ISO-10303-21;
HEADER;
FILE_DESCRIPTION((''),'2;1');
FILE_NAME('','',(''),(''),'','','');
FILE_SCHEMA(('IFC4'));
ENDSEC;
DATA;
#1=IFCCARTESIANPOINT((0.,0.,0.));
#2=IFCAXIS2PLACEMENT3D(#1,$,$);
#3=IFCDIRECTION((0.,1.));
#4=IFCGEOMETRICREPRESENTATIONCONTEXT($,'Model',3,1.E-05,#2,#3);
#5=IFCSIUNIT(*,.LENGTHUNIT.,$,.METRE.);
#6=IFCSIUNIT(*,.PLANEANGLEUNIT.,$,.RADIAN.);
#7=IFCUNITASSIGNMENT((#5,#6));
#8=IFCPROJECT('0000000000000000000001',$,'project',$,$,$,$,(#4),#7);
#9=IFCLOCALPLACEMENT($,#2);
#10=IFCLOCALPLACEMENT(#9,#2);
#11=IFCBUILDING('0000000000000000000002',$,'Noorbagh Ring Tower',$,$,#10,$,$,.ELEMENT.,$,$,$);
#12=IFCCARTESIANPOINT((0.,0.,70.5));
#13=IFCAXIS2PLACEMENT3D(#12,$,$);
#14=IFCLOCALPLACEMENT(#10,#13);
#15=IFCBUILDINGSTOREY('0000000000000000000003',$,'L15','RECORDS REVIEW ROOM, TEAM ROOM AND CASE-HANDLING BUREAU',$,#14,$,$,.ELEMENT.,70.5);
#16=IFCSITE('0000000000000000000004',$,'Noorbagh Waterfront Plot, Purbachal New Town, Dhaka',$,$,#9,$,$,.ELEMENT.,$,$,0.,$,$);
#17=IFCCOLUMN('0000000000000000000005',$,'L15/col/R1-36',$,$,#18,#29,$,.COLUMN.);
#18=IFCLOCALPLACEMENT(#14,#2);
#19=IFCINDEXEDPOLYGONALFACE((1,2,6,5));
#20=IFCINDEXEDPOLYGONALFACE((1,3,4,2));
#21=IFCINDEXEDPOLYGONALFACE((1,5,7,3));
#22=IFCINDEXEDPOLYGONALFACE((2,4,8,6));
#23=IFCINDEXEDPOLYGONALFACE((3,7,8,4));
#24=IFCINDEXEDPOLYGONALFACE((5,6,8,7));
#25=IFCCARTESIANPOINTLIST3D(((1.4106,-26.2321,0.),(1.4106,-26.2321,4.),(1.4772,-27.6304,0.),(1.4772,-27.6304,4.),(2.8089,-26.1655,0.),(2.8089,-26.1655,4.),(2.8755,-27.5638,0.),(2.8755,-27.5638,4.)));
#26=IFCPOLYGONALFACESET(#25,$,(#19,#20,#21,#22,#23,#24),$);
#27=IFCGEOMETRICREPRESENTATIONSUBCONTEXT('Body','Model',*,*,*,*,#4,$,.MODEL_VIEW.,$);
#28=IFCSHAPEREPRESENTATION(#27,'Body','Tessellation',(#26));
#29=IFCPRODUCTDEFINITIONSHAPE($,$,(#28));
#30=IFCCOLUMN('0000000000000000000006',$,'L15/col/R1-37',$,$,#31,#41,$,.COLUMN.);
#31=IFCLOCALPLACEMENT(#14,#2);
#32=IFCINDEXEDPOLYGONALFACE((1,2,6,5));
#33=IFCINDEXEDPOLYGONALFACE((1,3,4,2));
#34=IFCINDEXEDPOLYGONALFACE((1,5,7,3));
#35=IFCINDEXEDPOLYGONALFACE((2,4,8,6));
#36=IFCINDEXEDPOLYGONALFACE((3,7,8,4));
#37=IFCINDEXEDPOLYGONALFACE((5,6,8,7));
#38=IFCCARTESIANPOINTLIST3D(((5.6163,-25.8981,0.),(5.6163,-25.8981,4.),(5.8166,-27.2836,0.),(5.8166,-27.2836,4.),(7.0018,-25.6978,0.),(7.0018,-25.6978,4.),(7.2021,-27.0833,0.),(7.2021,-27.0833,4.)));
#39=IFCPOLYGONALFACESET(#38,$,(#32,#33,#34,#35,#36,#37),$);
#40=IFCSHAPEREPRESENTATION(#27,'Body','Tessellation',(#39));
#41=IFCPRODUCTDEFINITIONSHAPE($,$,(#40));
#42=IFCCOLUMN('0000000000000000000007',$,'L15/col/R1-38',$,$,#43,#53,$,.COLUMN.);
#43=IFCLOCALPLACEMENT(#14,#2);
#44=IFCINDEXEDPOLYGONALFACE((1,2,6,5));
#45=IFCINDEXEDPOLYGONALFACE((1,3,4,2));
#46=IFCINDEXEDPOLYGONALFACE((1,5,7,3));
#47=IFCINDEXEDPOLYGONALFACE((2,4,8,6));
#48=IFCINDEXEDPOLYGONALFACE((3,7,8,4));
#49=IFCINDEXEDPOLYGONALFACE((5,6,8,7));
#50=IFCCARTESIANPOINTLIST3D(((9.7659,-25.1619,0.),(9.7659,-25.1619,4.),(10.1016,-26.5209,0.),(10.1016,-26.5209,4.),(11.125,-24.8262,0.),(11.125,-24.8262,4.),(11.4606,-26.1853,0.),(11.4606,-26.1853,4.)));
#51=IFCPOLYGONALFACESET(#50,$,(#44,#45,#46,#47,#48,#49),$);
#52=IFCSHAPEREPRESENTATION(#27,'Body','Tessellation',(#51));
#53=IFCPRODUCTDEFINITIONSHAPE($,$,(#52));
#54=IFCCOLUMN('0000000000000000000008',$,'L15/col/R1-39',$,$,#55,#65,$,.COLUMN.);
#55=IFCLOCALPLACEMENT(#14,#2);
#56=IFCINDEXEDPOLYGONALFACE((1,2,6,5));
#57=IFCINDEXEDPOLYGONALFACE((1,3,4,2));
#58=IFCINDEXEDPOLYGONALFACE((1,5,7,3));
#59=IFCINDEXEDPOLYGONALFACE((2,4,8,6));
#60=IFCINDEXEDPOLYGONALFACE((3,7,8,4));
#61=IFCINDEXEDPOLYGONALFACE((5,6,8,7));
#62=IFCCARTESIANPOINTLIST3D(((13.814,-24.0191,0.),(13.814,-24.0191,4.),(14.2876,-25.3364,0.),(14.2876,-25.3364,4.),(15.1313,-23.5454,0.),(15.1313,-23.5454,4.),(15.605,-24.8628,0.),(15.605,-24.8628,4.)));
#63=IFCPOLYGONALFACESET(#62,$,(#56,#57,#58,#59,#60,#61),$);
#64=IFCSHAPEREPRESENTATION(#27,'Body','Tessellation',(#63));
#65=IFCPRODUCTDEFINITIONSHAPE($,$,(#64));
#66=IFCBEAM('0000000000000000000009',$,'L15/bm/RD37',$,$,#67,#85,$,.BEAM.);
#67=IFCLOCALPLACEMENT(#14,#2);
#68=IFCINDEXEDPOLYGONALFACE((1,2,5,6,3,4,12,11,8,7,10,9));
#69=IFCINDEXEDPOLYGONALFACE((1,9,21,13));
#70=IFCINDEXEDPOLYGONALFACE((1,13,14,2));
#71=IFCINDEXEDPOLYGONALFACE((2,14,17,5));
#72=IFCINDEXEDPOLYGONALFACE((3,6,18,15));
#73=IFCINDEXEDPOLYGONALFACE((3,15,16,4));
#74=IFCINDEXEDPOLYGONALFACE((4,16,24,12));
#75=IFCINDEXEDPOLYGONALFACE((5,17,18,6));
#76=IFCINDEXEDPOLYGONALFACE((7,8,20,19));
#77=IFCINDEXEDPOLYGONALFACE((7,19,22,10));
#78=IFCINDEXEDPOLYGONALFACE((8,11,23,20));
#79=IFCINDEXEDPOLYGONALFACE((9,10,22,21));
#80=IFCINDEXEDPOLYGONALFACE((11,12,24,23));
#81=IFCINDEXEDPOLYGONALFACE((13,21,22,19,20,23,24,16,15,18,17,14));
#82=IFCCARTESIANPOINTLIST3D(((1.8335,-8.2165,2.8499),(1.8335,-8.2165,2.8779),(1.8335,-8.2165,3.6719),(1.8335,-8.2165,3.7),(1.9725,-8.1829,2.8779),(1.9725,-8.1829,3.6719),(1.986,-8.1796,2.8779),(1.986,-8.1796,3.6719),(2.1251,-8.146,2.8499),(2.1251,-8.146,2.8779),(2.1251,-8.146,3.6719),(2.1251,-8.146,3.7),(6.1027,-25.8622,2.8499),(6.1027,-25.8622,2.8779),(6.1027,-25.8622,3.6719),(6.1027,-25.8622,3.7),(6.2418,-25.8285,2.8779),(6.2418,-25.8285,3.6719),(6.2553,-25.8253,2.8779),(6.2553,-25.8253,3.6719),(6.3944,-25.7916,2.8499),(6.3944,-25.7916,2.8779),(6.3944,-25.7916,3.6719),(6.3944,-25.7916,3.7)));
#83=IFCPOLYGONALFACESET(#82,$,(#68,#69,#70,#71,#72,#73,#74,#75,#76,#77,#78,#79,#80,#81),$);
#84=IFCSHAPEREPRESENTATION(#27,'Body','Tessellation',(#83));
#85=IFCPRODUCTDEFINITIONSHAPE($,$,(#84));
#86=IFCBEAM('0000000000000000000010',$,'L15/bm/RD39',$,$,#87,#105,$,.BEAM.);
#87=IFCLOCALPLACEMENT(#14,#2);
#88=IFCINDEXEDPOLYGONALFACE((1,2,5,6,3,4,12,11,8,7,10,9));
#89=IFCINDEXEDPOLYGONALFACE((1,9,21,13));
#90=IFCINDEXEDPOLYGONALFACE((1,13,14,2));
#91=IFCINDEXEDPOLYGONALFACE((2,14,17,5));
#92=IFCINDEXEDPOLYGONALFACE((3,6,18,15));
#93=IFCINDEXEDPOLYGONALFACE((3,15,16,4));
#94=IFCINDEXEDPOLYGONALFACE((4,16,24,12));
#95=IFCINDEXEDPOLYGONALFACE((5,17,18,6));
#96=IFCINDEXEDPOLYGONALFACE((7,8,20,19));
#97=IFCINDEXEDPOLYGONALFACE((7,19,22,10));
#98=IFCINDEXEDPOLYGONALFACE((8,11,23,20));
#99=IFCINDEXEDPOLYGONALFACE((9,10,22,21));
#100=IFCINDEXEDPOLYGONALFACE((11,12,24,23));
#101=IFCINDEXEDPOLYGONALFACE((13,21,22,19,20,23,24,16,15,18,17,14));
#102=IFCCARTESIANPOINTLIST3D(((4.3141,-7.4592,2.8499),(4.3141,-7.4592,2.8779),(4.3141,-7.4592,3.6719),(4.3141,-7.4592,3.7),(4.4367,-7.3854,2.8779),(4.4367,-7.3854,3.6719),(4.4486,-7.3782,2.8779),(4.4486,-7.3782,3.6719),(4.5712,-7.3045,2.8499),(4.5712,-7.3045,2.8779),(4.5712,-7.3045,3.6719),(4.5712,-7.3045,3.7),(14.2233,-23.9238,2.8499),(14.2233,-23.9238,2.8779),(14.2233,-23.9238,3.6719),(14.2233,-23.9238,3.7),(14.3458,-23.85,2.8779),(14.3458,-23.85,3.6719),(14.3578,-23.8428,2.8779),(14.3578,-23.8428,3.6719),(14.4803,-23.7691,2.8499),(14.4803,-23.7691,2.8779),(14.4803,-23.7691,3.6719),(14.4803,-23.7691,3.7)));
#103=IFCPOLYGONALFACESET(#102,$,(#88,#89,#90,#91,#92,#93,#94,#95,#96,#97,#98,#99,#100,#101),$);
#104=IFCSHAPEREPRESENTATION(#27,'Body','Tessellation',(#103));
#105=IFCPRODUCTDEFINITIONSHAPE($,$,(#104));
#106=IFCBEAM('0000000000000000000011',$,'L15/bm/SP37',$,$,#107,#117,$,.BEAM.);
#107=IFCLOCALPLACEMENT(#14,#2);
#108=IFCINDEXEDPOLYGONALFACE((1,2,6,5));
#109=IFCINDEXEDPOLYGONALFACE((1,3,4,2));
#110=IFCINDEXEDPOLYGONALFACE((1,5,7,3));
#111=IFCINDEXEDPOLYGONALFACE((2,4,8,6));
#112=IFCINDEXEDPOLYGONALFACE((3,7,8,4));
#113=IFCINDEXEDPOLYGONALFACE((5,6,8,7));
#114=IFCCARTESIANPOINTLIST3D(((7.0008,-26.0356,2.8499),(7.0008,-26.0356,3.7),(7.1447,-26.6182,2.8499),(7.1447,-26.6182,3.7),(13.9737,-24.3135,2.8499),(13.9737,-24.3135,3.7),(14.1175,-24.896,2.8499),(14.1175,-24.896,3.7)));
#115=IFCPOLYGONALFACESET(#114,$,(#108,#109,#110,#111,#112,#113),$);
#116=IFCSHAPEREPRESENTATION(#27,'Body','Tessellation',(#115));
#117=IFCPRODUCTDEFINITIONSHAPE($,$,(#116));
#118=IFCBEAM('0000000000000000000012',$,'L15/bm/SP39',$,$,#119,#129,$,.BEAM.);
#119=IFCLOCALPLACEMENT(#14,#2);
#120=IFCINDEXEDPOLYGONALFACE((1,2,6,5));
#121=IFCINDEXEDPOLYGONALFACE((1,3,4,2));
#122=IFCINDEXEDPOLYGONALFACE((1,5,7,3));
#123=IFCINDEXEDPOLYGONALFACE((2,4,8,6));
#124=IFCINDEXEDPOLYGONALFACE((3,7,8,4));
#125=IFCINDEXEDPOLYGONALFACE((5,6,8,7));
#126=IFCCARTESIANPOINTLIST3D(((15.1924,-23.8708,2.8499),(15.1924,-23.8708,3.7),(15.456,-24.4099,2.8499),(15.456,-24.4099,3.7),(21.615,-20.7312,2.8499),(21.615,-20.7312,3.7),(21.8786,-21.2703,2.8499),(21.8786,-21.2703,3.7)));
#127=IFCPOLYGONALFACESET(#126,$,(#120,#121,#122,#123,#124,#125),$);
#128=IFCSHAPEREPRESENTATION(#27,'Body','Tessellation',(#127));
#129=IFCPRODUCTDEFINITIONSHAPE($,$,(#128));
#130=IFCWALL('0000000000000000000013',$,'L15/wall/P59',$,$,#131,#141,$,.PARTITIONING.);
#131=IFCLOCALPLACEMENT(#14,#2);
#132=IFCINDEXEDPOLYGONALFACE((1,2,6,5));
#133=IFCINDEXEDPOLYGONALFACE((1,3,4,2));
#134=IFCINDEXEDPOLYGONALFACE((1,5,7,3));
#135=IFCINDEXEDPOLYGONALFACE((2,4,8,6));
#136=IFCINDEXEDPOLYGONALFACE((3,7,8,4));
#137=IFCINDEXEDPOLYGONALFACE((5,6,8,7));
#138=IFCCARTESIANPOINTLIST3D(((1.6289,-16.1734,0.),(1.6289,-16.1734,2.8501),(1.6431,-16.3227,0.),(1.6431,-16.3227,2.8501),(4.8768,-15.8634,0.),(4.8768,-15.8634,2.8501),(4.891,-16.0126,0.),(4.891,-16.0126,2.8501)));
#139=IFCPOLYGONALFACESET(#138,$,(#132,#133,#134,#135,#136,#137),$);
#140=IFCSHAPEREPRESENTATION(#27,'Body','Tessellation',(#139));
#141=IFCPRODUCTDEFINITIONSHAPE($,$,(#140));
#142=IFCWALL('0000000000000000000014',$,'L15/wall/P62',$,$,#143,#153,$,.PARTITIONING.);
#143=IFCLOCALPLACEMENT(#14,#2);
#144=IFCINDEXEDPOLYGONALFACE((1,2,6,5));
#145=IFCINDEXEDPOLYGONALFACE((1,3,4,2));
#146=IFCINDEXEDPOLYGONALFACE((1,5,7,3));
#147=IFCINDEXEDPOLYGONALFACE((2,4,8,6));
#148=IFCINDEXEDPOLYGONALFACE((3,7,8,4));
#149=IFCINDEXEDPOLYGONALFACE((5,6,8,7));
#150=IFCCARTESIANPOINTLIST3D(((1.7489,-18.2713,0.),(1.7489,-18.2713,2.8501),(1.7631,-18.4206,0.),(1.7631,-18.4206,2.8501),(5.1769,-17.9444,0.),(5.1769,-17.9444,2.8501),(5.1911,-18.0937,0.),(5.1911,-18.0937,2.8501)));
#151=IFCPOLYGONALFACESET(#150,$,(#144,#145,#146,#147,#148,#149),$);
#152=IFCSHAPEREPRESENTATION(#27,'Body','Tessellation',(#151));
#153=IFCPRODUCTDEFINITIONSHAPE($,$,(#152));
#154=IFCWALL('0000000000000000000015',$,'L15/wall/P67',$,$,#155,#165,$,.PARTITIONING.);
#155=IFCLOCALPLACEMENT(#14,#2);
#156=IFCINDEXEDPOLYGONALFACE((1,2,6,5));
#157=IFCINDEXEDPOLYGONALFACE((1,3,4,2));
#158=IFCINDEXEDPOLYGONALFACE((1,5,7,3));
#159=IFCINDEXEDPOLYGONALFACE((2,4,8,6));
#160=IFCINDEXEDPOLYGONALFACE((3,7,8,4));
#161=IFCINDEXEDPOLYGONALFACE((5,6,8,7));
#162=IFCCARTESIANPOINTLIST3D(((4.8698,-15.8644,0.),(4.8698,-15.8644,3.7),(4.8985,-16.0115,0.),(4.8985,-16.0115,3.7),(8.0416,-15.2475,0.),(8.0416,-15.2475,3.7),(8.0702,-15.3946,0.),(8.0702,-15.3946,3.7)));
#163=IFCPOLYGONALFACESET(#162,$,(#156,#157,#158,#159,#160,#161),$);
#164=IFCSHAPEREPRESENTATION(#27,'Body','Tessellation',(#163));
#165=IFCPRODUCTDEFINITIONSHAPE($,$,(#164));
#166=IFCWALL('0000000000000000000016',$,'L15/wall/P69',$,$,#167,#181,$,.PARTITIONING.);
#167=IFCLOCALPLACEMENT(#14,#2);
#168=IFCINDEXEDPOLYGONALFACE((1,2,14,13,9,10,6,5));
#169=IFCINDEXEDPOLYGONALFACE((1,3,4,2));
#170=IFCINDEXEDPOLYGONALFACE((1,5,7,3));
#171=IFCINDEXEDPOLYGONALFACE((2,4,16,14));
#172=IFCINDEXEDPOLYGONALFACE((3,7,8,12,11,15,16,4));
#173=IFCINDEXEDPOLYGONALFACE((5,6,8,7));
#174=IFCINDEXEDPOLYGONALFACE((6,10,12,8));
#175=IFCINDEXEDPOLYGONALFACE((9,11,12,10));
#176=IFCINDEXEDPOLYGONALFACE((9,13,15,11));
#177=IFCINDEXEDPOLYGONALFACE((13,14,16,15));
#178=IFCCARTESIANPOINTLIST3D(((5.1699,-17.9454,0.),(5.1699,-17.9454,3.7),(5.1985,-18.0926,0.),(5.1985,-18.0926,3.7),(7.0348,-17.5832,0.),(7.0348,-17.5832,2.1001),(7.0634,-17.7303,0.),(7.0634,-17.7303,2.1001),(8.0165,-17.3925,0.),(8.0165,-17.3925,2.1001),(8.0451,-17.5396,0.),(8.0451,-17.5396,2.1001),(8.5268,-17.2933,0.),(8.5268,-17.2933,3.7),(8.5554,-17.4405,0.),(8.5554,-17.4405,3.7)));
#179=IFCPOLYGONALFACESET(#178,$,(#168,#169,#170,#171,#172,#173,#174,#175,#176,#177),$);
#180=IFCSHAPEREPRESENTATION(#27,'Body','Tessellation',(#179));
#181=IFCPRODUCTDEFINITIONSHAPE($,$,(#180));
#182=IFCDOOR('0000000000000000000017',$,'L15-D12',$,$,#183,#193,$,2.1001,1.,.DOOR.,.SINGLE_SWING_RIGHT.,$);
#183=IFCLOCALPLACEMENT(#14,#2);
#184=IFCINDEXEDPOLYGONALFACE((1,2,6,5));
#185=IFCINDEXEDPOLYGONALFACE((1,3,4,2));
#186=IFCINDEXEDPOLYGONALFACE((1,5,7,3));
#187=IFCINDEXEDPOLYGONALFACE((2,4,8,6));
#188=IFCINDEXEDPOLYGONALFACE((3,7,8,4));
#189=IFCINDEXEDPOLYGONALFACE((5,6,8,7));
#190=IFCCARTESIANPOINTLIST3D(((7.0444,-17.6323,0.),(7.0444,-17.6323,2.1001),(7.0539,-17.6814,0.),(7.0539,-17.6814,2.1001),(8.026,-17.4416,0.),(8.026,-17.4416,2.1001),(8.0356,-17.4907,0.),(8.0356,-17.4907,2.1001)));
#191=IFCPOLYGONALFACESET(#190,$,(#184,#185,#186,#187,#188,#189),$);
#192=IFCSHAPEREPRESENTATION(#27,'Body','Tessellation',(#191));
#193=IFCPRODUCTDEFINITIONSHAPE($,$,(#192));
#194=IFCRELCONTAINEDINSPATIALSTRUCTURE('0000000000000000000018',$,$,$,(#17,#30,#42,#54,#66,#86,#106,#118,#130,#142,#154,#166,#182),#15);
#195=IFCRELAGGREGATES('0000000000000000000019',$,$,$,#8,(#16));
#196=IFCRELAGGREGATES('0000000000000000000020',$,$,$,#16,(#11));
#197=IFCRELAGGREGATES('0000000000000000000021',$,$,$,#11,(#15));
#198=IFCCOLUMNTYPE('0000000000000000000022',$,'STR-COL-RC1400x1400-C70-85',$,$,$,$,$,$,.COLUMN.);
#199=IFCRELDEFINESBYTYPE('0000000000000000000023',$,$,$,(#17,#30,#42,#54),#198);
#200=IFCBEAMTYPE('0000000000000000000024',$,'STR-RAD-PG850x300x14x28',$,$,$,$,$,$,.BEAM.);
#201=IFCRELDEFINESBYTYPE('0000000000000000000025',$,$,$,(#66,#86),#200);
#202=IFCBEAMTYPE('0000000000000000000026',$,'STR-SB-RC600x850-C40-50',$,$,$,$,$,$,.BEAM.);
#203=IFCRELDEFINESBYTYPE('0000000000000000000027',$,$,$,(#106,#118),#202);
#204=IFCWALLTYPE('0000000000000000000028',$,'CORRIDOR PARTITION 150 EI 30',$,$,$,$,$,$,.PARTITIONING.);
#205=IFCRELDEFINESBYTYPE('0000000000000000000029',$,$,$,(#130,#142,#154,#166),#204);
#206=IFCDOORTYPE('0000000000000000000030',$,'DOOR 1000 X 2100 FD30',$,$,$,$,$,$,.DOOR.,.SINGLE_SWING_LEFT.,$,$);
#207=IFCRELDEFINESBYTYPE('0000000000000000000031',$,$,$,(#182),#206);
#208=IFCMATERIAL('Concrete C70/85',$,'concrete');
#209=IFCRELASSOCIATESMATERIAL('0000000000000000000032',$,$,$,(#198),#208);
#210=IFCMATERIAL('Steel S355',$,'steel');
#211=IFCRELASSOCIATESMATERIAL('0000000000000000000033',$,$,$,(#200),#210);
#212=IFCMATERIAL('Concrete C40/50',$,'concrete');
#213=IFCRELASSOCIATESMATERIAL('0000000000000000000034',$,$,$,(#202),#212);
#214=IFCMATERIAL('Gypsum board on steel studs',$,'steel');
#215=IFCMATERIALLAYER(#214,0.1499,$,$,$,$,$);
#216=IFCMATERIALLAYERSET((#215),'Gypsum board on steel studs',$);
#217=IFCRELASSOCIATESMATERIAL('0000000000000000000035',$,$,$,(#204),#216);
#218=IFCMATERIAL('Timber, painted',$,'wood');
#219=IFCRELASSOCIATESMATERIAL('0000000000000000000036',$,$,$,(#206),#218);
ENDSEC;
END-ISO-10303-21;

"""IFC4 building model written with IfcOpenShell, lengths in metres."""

from ifc_helpers import new_model, si_unit, direction, frame, frame_2d, origin, origin_2d, place, context, subcontext, project, spatial, rectangle, i_section, extrude, material, layer, layer_set, material_profile, profile_set, type_object, element, fill, save


model = new_model("IFC4")

# Units and contexts
model_context = context("Model", 3, precision=1e-05, world=origin(), true_north=direction((0.0, 1.0)))
body_context = subcontext(model_context, "Body", "Model", "MODEL_VIEW")
ifc_project = project(units=[si_unit("LENGTHUNIT", "METRE"), si_unit("PLANEANGLEUNIT", "RADIAN")], contexts=[model_context])

# Site, building, storey
site_placement = place(None, origin())
site = spatial("IfcSite", under=ifc_project, at=site_placement, Name="Noorbagh Waterfront Plot, Purbachal New Town, Dhaka", CompositionType="ELEMENT", RefElevation=0.0)
building_placement = place(site_placement, origin())
building = spatial("IfcBuilding", under=site, at=building_placement, Name="Noorbagh Ring Tower", CompositionType="ELEMENT")
storey_placement = place(building_placement, frame((0.0, 0.0, 70.5)))
storey = spatial("IfcBuildingStorey", under=building, at=storey_placement, Name="L15", Description="RECORDS REVIEW ROOM, TEAM ROOM AND CASE-HANDLING BUREAU", CompositionType="ELEMENT", Elevation=70.5)

# Columns
ifc_material_1 = material(Name="Concrete C70/85", Category="concrete")
ifc_material_profile_1 = material_profile(ifc_material_1, rectangle(XDim=1.3999, YDim=1.3999, at=origin_2d()), Name="RC1400x1400")
ifc_profile_set_1 = profile_set([ifc_material_profile_1], Name="Concrete C70/85")
column_type = type_object("IfcColumnType", Name="STR-COL-RC1400x1400-C70-85", PredefinedType="COLUMN", material=ifc_profile_set_1)
for number, where, z_axis, x_axis, name in (
    (1, (2.1431, -26.8979, 0.0), (0.0, 0.0, 1.0), (0.998869, 0.047553, 0.0), "L15/col/R1-36"),
    (2, (6.4092, -26.4907, 0.0), (0.0, 0.0, 1.0), (0.989713, 0.143066, 0.0), "L15/col/R1-37"),
    (3, (10.6133, -25.6736, 0.0), (0.0, 0.0, 1.0), (0.970829, 0.239771, 0.0), "L15/col/R1-38"),
    (4, (14.7095, -24.4409, 0.0), (0.0, 0.0, 1.0), (0.941025, 0.338338, 0.0), "L15/col/R1-39"),
):
    element("IfcColumn", number, at=place(storey_placement, frame(where, z_axis=z_axis, x_axis=x_axis)), inside=storey, type_object=column_type, Name=name, PredefinedType="COLUMN", context=body_context, shape_type="SweptSolid", body=[
        extrude(rectangle(XDim=1.3999, YDim=1.3999, at=origin_2d()), origin(), (0.0, 0.0, 1.0), 4.0),
    ])

# Beams
ifc_material_2 = material(Name="Steel S355", Category="steel")
ifc_material_profile_2 = material_profile(ifc_material_2, i_section(OverallWidth=0.3, OverallDepth=0.8501, WebThickness=0.0139, FlangeThickness=0.0281, at=origin_2d()), Name="PG850x300x14x28")
ifc_profile_set_2 = profile_set([ifc_material_profile_2], Name="Steel S355")
beam_type_1 = type_object("IfcBeamType", Name="STR-RAD-PG850x300x14x28", PredefinedType="BEAM", material=ifc_profile_set_2)
beam_1_placement = place(storey_placement, frame((6.2485, -25.8269, 3.2749), z_axis=(-0.235159, 0.971957, 0.0), x_axis=(-0.971957, -0.235159, 0.0)))
element("IfcBeam", 5, at=beam_1_placement, inside=storey, type_object=beam_type_1, Name="L15/bm/RD37", PredefinedType="BEAM", context=body_context, shape_type="SweptSolid", body=[
    extrude(i_section(OverallWidth=0.3, OverallDepth=0.8501, WebThickness=0.0139, FlangeThickness=0.0281, at=origin_2d()), origin(), (0.0, 0.0, 1.0), 18.1548),
])
beam_2_placement = place(storey_placement, frame((14.3518, -23.8464, 3.2749), z_axis=(-0.515659, 0.856794, 0.0), x_axis=(-0.856794, -0.515659, 0.0)))
element("IfcBeam", 6, at=beam_2_placement, inside=storey, type_object=beam_type_1, Name="L15/bm/RD39", PredefinedType="BEAM", context=body_context, shape_type="SweptSolid", body=[
    extrude(i_section(OverallWidth=0.3, OverallDepth=0.8501, WebThickness=0.0139, FlangeThickness=0.0281, at=origin_2d()), origin(), (0.0, 0.0, 1.0), 19.2166),
])
ifc_material_3 = material(Name="Concrete C40/50", Category="concrete")
ifc_material_profile_3 = material_profile(ifc_material_3, rectangle(XDim=0.6001, YDim=0.8501, at=origin_2d()), Name="RC600x850")
ifc_profile_set_3 = profile_set([ifc_material_profile_3], Name="Concrete C40/50")
beam_type_2 = type_object("IfcBeamType", Name="STR-SB-RC600x850-C40-50", PredefinedType="BEAM", material=ifc_profile_set_3)
beam_3_placement = place(storey_placement, frame((7.0728, -26.3269, 3.2749), z_axis=(0.970828, 0.239775, 0.0), x_axis=(-0.239775, 0.970828, 0.0)))
element("IfcBeam", 7, at=beam_3_placement, inside=storey, type_object=beam_type_2, Name="L15/bm/SP37", PredefinedType="BEAM", context=body_context, shape_type="SweptSolid", body=[
    extrude(rectangle(XDim=0.6001, YDim=0.8501, at=origin_2d()), origin(), (0.0, 0.0, 1.0), 7.1824),
])
beam_4_placement = place(storey_placement, frame((15.3242, -24.1404, 3.2749), z_axis=(0.898401, 0.439177, 0.0), x_axis=(-0.439177, 0.898401, 0.0)))
element("IfcBeam", 8, at=beam_4_placement, inside=storey, type_object=beam_type_2, Name="L15/bm/SP39", PredefinedType="BEAM", context=body_context, shape_type="SweptSolid", body=[
    extrude(rectangle(XDim=0.6001, YDim=0.8501, at=origin_2d()), origin(), (0.0, 0.0, 1.0), 7.1489),
])

# Walls
ifc_material_4 = material(Name="Gypsum board on steel studs", Category="steel")
ifc_layer_1 = layer(ifc_material_4, 0.1499)
ifc_layer_set_1 = layer_set([ifc_layer_1], Name="Gypsum board on steel studs")
wall_type_1 = type_object("IfcWallType", Name="CORRIDOR PARTITION 150 EI 30", PredefinedType="PARTITIONING", material=ifc_layer_set_1)
wall_1_placement = place(storey_placement, frame((1.636, -16.248, 0.0), z_axis=(0.0, 0.0, 1.0), x_axis=(0.995475, 0.095028, 0.0)))
element("IfcWall", 9, at=wall_1_placement, inside=storey, type_object=wall_type_1, Name="L15/wall/P59", PredefinedType="PARTITIONING", context=body_context, shape_type="SweptSolid", body=[
    extrude(rectangle(XDim=3.2627, YDim=0.1499, at=frame_2d((1.6313, 0.0))), origin(), (0.0, 0.0, 1.0), 2.8501),
])
wall_2_placement = place(storey_placement, frame((1.7561, -18.3459, 0.0), z_axis=(0.0, 0.0, 1.0), x_axis=(0.995484, 0.094933, 0.0)))
element("IfcWall", 10, at=wall_2_placement, inside=storey, type_object=wall_type_1, Name="L15/wall/P62", PredefinedType="PARTITIONING", context=body_context, shape_type="SweptSolid", body=[
    extrude(rectangle(XDim=3.4436, YDim=0.1499, at=frame_2d((1.7217, 0.0))), origin(), (0.0, 0.0, 1.0), 2.8501),
])
wall_3_placement = place(storey_placement, frame((4.884, -15.938, 0.0), z_axis=(0.0, 0.0, 1.0), x_axis=(0.981604, 0.190926, 0.0)))
element("IfcWall", 11, at=wall_3_placement, inside=storey, type_object=wall_type_1, Name="L15/wall/P67", PredefinedType="PARTITIONING", context=body_context, shape_type="SweptSolid", body=[
    extrude(rectangle(XDim=3.2312, YDim=0.1499, at=frame_2d((1.6157, 0.0))), origin(), (0.0, 0.0, 1.0), 3.7),
])

# Wall, opening, door
wall_4_placement = place(storey_placement, frame((5.1841, -18.019, 0.0), z_axis=(0.0, 0.0, 1.0), x_axis=(0.98165, 0.19069, 0.0)))
wall_4 = element("IfcWall", 12, at=wall_4_placement, inside=storey, type_object=wall_type_1, Name="L15/wall/P69", PredefinedType="PARTITIONING", context=body_context, shape_type="SweptSolid", body=[
    extrude(rectangle(XDim=3.4197, YDim=0.1499, at=frame_2d((1.71, 0.0))), origin(), (0.0, 0.0, 1.0), 3.7),
])
opening_1_placement = place(wall_4_placement, frame((1.8999, 0.0, 0.0)))
opening_1 = element("IfcOpeningElement", 13, at=opening_1_placement, cuts=wall_4, PredefinedType="OPENING", context=body_context, shape_type="SweptSolid", body=[
    extrude(rectangle(XDim=1.0, YDim=2.1001, at=frame_2d((0.5, 1.05))), frame((0.0, 0.085, 0.0), z_axis=(0.0, -1.0, 0.0), x_axis=(1.0, 0.0, 0.0)), (0.0, 0.0, 1.0), 0.1699),
])
ifc_material_5 = material(Name="Timber, painted", Category="wood")
door_type = type_object("IfcDoorType", Name="DOOR 1000 X 2100 FD30", OperationType="SINGLE_SWING_LEFT", PredefinedType="DOOR", material=ifc_material_5)
door_1_placement = place(opening_1_placement, origin())
door_1 = element("IfcDoor", 14, at=door_1_placement, inside=storey, type_object=door_type, Name="L15-D12", OperationType="SINGLE_SWING_RIGHT", OverallHeight=2.1001, OverallWidth=1.0, PredefinedType="DOOR", context=body_context, shape_type="SweptSolid", body=[
    extrude(rectangle(XDim=1.0, YDim=2.1001, at=frame_2d((0.5, 1.05))), frame((0.0, 0.0249, 0.0), z_axis=(0.0, -1.0, 0.0), x_axis=(1.0, 0.0, 0.0)), (0.0, 0.0, 1.0), 0.05),
])
fill(opening_1, door_1)

save(model, "model.ifc")
